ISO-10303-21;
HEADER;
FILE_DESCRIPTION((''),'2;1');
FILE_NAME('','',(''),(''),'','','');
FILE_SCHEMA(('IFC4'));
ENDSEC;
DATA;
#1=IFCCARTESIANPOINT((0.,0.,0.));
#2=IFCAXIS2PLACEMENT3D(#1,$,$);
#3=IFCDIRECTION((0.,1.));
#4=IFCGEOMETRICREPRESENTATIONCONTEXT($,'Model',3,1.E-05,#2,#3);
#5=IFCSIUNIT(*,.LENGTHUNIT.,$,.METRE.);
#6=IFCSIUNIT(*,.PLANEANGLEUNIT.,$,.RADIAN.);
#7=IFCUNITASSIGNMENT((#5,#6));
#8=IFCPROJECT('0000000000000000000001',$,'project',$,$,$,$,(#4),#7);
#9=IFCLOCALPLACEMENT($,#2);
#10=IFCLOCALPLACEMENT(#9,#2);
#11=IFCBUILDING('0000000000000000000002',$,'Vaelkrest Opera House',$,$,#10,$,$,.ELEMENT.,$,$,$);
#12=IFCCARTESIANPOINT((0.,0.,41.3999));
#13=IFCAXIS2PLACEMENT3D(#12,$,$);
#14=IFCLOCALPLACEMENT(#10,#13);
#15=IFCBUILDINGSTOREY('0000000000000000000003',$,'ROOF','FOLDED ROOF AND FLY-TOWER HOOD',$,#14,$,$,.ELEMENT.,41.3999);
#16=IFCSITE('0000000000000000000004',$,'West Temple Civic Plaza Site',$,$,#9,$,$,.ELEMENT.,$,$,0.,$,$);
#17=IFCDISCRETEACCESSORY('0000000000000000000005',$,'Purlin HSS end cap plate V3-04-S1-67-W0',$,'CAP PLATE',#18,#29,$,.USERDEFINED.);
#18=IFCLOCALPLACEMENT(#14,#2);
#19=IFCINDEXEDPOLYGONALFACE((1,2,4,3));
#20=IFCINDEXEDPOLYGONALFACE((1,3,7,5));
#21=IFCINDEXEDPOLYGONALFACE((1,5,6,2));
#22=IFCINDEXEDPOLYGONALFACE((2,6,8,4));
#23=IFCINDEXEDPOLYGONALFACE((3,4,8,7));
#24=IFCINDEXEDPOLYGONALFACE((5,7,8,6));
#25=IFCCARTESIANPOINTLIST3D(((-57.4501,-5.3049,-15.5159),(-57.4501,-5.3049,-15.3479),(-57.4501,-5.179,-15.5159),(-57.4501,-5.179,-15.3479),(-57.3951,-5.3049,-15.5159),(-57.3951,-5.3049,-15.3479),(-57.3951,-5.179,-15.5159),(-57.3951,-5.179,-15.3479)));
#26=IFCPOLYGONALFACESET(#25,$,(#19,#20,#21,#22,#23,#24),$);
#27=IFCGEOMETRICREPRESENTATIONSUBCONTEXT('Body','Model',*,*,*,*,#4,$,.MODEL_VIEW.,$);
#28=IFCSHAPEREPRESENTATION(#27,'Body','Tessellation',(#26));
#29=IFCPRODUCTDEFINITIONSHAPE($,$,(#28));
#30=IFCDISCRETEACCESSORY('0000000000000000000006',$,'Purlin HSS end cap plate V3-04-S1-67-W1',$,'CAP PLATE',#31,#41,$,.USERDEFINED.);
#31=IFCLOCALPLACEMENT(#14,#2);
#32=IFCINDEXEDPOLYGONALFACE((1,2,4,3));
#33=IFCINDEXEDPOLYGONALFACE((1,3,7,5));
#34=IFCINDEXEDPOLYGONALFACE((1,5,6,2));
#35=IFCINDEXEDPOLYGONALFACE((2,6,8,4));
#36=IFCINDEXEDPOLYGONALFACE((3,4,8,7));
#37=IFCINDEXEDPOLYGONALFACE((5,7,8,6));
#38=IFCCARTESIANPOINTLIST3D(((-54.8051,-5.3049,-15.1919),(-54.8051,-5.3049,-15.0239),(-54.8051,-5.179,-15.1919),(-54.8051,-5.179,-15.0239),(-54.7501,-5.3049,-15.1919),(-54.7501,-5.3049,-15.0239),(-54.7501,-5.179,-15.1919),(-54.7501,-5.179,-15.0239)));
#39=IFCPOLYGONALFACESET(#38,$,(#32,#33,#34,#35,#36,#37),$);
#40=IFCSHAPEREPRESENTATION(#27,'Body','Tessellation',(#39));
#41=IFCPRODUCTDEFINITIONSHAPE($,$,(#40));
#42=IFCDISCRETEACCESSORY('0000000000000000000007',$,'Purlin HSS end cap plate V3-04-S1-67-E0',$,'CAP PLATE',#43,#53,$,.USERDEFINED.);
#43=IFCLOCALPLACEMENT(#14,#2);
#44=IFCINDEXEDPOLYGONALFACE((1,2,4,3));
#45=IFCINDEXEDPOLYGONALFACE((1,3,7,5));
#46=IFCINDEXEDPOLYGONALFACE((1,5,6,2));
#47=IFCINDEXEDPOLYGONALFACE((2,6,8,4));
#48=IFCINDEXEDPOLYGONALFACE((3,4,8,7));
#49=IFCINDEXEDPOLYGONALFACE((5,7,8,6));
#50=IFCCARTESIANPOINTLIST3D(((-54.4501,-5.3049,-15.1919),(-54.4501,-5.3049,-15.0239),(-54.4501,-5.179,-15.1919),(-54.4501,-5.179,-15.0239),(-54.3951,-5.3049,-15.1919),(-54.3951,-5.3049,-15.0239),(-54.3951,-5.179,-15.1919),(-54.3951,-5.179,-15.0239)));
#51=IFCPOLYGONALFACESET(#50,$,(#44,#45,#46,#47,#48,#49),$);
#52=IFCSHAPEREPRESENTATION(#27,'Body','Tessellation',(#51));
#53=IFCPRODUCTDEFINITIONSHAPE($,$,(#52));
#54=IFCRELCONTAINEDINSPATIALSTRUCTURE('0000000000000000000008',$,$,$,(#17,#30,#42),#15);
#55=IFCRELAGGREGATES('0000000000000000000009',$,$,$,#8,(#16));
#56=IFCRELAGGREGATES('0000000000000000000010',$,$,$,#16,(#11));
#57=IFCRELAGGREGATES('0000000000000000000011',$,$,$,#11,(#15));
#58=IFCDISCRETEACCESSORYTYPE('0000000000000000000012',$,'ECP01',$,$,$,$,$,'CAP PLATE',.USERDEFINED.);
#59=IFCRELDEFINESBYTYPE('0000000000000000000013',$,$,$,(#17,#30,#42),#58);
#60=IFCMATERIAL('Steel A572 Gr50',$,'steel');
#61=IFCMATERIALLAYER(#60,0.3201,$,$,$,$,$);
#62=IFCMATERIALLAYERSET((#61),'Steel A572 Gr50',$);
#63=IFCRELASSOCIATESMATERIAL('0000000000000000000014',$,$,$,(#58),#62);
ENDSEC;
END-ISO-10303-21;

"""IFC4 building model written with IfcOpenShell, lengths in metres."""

from ifc_helpers import new_model, si_unit, direction, frame, origin, origin_2d, place, context, subcontext, project, spatial, rectangle, extrude, material, layer, layer_set, type_object, element, save


model = new_model("IFC4")

# Units and contexts
model_context = context("Model", 3, precision=1e-05, world=origin(), true_north=direction((0.0, 1.0)))
body_context = subcontext(model_context, "Body", "Model", "MODEL_VIEW")
ifc_project = project(units=[si_unit("LENGTHUNIT", "METRE"), si_unit("PLANEANGLEUNIT", "RADIAN")], contexts=[model_context])

# Site, building, storey
site_placement = place(None, origin())
site = spatial("IfcSite", under=ifc_project, at=site_placement, Name="West Temple Civic Plaza Site", CompositionType="ELEMENT", RefElevation=0.0)
building_placement = place(site_placement, origin())
building = spatial("IfcBuilding", under=site, at=building_placement, Name="Vaelkrest Opera House", CompositionType="ELEMENT")
storey_placement = place(building_placement, frame((0.0, 0.0, 41.3999)))
storey = spatial("IfcBuildingStorey", under=building, at=storey_placement, Name="ROOF", Description="FOLDED ROOF AND FLY-TOWER HOOD", CompositionType="ELEMENT", Elevation=41.3999)

# Shared definitions
ifc_material_1 = material(Name="Steel A572 Gr50", Category="steel")

# Discrete accessories
ifc_layer_1 = layer(ifc_material_1, 0.3201)
ifc_layer_set_1 = layer_set([ifc_layer_1], Name="Steel A572 Gr50")
discrete_accessory_type = type_object("IfcDiscreteAccessoryType", Name="ECP01", ElementType="CAP PLATE", PredefinedType="USERDEFINED", material=ifc_layer_set_1)
for number, where, z_axis, x_axis, name in (
    (1, (-57.4226, -5.2419, -15.5159), (0.0, 0.0, 1.0), (1.0, 0.0, 0.0), "Purlin HSS end cap plate V3-04-S1-67-W0"),
    (2, (-54.7776, -5.2419, -15.1919), (0.0, 0.0, 1.0), (1.0, 0.0, 0.0), "Purlin HSS end cap plate V3-04-S1-67-W1"),
    (3, (-54.4226, -5.2419, -15.1919), (0.0, 0.0, 1.0), (1.0, 0.0, 0.0), "Purlin HSS end cap plate V3-04-S1-67-E0"),
):
    element("IfcDiscreteAccessory", number, at=place(storey_placement, frame(where, z_axis=z_axis, x_axis=x_axis)), inside=storey, type_object=discrete_accessory_type, Name=name, ObjectType="CAP PLATE", PredefinedType="USERDEFINED", context=body_context, shape_type="SweptSolid", body=[
        extrude(rectangle(XDim=0.0549, YDim=0.126, at=origin_2d()), origin(), (0.0, 0.0, 1.0), 0.168),
    ])

save(model, "model.ifc")
